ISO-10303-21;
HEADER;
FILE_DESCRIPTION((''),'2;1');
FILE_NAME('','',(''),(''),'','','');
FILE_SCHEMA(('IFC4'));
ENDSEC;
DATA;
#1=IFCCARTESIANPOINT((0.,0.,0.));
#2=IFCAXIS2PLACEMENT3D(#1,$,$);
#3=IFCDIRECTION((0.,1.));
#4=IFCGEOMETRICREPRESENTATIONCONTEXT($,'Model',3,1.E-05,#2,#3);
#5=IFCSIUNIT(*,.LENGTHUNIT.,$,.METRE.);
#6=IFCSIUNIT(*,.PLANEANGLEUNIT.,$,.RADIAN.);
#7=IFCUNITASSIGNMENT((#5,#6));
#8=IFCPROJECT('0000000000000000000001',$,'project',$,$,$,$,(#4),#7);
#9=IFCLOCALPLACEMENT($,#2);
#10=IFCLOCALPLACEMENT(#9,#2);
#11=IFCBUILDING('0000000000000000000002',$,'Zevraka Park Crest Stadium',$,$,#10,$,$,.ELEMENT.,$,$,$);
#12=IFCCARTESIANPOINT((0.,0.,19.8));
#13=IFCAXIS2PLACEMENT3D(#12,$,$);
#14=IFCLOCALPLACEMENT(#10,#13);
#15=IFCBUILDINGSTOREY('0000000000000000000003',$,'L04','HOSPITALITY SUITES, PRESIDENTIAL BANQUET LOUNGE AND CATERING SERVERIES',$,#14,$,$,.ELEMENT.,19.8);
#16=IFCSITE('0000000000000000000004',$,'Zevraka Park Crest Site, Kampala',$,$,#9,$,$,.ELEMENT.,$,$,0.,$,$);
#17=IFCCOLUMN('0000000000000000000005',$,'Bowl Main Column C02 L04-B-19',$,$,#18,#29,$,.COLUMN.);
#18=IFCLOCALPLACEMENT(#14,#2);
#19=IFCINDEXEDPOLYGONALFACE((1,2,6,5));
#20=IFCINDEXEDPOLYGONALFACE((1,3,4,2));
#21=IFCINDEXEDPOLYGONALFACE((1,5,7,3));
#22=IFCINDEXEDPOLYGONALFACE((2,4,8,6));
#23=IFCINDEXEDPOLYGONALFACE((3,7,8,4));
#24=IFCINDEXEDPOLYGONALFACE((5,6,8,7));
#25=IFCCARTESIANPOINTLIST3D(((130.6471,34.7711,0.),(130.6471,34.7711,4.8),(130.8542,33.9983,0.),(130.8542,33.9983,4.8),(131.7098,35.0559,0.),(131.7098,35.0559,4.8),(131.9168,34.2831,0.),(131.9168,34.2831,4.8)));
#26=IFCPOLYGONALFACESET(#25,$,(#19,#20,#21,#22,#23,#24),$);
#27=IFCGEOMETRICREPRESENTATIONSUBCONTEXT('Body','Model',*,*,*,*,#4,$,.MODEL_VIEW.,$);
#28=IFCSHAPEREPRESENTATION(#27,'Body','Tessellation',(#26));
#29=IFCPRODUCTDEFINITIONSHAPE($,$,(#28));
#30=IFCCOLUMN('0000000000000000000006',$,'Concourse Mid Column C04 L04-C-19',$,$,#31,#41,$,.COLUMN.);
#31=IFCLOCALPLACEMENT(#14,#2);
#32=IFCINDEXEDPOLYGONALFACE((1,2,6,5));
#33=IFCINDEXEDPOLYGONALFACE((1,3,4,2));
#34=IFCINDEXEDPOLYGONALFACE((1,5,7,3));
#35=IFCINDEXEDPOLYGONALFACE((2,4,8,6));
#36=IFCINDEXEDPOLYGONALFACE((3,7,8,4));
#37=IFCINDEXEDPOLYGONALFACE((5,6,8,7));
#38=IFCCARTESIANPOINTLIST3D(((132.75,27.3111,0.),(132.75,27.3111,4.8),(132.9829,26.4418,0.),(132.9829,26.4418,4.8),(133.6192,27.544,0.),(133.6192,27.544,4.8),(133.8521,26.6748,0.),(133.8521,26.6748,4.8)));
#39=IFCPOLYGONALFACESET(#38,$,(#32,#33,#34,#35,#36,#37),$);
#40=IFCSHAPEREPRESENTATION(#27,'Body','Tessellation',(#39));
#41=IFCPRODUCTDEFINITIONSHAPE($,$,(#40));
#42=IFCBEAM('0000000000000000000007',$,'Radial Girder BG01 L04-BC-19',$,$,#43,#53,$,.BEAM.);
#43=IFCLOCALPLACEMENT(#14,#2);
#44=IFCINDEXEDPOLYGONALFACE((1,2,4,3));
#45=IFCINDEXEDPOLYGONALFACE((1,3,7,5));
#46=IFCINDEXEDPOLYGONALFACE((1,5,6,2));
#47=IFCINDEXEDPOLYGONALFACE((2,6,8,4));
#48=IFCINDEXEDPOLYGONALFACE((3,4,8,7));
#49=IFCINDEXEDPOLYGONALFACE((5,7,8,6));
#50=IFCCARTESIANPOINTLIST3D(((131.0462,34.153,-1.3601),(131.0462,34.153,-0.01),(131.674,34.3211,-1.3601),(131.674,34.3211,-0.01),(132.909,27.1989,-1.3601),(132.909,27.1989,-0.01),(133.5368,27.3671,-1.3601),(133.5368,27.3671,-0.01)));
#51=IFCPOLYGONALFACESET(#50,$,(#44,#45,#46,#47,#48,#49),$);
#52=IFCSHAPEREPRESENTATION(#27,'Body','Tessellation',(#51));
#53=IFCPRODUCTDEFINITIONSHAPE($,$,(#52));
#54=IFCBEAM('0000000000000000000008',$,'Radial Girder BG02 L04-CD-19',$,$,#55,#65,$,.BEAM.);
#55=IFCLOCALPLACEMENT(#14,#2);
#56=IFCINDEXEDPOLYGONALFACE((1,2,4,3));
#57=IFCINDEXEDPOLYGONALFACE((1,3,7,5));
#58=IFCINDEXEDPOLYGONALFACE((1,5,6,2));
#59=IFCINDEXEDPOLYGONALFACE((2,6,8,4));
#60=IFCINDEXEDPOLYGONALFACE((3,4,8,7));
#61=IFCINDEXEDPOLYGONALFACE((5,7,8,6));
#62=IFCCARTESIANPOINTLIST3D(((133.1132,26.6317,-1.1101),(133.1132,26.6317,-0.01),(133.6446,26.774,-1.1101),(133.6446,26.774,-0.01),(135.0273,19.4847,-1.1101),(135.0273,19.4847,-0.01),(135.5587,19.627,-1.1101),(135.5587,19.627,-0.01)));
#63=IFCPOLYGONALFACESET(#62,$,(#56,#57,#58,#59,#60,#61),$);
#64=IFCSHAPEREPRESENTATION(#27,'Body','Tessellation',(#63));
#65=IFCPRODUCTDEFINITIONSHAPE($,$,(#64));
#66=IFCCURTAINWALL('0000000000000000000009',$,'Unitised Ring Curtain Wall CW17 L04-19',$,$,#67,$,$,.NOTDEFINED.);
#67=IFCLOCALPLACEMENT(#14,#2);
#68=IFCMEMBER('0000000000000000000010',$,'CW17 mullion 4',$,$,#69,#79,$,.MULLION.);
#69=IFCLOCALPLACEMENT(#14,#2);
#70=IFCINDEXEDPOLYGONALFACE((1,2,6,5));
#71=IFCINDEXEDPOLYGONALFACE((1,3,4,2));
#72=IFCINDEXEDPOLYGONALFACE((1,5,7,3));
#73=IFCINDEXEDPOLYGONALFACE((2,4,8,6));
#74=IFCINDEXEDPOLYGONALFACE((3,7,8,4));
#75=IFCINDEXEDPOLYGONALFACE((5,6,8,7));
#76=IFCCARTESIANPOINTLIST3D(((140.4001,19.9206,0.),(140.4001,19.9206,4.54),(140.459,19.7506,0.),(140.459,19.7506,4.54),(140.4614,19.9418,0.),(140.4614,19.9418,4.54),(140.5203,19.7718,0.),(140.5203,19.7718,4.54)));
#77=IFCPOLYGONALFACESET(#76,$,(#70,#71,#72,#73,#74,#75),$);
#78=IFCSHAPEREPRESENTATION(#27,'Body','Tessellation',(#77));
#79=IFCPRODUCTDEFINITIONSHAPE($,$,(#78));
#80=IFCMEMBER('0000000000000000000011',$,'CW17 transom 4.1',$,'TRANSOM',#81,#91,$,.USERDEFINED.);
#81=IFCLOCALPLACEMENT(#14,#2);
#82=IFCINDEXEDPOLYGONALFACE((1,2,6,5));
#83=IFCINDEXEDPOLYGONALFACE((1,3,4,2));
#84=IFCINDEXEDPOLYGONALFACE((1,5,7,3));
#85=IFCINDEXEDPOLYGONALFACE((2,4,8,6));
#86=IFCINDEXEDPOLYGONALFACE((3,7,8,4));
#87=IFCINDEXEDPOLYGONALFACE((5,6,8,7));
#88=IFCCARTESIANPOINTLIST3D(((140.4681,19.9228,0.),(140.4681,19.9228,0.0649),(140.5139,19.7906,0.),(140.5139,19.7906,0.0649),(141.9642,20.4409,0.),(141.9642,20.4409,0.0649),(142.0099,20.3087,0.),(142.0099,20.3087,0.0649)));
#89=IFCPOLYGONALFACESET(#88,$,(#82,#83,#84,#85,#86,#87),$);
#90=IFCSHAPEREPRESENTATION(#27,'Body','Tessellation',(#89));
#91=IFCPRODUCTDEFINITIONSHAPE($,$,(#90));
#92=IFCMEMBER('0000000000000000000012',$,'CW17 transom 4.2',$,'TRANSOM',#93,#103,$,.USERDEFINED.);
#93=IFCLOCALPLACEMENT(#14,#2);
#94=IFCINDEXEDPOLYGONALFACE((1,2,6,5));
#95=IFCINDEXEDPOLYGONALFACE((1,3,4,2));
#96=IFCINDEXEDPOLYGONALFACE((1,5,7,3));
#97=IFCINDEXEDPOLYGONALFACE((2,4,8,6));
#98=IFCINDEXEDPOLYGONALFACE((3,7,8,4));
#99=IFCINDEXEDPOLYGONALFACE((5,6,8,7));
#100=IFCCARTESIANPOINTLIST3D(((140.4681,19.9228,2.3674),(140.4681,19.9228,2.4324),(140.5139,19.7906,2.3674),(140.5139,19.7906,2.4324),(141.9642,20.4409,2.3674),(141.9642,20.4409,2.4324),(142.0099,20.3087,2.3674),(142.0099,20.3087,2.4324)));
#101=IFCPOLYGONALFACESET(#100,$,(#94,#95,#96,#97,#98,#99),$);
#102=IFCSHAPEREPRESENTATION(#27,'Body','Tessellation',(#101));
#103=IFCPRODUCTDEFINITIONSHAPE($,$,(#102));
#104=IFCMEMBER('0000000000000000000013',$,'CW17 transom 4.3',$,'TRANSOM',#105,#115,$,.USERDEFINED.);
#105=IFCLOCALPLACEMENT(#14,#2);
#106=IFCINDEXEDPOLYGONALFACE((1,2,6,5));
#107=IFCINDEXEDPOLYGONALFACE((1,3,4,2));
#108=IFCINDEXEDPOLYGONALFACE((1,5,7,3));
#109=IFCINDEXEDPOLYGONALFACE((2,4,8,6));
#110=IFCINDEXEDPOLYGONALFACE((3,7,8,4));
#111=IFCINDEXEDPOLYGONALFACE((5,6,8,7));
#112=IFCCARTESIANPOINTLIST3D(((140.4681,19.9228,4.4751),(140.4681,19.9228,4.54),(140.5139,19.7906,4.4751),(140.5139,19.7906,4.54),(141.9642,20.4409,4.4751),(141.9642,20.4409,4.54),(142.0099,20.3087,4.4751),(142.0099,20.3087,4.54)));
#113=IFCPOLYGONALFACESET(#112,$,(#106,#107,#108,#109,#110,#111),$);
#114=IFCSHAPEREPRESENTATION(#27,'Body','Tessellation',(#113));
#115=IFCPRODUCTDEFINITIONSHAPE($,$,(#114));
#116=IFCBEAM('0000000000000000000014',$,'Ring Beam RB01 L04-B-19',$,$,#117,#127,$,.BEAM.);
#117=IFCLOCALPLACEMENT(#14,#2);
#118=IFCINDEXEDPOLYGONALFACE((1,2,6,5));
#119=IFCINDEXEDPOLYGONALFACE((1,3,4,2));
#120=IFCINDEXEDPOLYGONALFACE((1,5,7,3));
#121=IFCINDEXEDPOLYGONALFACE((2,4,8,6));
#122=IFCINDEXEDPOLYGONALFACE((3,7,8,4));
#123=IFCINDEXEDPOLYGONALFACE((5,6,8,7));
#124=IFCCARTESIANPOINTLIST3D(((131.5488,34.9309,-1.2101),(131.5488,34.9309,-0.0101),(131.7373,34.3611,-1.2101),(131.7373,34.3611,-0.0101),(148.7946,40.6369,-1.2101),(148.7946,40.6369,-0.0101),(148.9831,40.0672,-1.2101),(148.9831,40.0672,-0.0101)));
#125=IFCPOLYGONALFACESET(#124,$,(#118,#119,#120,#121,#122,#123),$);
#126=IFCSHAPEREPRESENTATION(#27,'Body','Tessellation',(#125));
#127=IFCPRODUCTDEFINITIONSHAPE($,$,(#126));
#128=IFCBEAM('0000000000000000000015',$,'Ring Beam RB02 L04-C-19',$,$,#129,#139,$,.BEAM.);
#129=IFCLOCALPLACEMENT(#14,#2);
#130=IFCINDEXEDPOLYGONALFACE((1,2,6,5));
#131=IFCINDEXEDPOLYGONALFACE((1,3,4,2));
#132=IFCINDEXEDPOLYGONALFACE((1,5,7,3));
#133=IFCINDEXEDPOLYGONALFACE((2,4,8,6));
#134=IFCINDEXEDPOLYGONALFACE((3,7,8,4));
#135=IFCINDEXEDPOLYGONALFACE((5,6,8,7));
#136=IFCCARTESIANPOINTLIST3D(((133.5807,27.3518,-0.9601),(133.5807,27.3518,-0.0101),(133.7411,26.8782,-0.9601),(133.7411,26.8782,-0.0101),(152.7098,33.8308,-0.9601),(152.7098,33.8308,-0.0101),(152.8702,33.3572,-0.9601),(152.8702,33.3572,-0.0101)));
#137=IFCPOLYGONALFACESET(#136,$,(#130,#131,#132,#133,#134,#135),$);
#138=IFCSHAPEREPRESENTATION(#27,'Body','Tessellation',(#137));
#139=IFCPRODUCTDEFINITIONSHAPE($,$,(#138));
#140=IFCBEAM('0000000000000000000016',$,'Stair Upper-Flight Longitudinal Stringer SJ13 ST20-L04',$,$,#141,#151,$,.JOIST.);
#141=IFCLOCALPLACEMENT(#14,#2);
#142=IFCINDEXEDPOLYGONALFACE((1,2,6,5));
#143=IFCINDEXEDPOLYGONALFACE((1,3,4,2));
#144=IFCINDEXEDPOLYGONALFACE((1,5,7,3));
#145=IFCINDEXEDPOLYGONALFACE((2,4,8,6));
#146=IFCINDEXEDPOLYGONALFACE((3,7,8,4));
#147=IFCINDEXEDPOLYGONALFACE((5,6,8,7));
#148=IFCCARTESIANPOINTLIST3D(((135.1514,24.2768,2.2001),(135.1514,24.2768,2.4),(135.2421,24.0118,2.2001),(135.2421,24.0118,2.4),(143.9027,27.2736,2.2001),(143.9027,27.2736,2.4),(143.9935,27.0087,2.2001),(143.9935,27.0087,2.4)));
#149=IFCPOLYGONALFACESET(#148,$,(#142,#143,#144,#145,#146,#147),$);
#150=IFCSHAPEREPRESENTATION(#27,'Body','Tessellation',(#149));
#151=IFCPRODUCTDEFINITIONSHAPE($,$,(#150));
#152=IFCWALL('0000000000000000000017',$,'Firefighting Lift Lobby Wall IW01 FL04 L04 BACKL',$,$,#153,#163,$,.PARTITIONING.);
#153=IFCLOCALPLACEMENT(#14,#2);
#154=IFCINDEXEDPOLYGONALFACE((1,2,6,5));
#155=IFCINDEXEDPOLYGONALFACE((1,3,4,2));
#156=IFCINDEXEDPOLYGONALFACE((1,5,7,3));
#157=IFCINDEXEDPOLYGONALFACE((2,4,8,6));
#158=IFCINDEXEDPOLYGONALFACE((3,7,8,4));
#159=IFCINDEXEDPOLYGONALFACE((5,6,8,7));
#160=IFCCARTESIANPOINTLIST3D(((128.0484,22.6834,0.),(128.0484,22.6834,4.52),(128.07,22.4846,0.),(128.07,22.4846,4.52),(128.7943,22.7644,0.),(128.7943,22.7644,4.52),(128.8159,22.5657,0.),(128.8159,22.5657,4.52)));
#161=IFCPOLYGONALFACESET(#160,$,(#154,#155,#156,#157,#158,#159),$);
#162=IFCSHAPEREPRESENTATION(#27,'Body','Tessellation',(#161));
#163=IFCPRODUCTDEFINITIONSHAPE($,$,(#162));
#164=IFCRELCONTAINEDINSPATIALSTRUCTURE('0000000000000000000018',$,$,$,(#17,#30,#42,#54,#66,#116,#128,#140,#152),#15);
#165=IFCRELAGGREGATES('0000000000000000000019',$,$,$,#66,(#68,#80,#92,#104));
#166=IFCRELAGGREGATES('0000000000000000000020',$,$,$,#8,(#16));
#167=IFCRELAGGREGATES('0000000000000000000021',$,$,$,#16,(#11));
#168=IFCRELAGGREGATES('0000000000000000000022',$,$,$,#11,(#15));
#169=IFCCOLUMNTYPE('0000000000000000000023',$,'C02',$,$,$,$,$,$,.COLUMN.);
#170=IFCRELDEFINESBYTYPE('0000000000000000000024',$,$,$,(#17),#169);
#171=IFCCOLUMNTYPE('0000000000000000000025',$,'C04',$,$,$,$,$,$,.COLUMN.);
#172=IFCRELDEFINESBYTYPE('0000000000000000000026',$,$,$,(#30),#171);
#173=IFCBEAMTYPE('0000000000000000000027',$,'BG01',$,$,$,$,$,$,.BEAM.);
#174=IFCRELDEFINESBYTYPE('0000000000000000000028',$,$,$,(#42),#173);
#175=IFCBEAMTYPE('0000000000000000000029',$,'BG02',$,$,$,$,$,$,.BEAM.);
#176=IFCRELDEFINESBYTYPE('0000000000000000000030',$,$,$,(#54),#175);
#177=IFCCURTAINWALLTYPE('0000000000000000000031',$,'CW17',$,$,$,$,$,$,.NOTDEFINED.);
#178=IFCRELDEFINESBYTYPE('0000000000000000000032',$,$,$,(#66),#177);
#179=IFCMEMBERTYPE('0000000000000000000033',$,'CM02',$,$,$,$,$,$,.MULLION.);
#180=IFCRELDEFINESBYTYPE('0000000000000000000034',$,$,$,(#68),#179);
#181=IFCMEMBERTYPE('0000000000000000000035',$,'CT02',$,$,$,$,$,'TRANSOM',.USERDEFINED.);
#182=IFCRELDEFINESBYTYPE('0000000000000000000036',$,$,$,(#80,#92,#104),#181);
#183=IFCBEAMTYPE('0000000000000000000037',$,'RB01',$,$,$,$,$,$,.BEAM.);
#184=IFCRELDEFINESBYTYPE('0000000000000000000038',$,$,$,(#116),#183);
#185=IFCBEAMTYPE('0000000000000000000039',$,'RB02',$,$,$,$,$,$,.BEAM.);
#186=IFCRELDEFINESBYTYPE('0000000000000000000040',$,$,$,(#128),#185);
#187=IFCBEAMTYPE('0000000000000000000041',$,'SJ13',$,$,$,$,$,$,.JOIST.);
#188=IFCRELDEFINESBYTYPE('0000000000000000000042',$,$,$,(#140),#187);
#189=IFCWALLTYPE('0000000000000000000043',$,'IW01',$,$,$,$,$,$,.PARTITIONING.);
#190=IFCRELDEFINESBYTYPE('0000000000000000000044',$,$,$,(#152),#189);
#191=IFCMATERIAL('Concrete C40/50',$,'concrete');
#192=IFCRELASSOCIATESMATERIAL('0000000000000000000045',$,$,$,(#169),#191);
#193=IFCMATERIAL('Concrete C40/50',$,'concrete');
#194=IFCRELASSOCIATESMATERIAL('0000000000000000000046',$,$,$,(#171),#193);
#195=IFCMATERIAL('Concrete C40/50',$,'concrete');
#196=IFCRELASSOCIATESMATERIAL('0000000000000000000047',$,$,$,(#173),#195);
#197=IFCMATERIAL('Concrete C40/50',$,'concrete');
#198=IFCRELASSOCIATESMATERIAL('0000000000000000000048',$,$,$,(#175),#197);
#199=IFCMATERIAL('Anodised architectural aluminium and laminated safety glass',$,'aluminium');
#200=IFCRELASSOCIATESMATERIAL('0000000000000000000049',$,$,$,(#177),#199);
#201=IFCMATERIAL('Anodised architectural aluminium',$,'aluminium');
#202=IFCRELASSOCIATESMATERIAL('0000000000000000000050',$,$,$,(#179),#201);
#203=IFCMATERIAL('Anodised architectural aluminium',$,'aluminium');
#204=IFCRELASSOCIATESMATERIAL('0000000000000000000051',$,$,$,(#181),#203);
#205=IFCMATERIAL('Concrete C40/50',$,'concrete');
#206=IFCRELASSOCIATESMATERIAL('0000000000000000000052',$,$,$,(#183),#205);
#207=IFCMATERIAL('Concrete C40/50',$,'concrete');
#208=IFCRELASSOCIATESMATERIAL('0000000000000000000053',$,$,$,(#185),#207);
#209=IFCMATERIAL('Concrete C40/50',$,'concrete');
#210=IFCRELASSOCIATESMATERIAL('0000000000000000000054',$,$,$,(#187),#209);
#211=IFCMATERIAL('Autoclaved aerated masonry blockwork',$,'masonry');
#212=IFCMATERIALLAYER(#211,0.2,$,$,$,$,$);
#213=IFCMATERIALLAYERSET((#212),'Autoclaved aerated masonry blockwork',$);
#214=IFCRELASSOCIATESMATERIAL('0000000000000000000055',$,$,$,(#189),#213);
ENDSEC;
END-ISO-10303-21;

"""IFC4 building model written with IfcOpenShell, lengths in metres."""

from ifc_helpers import new_model, si_unit, direction, frame, frame_2d, origin, origin_2d, place, context, subcontext, project, spatial, rectangle, extrude, material, layer, layer_set, material_profile, profile_set, type_object, element, aggregate, save


model = new_model("IFC4")

# Units and contexts
model_context = context("Model", 3, precision=1e-05, world=origin(), true_north=direction((0.0, 1.0)))
body_context = subcontext(model_context, "Body", "Model", "MODEL_VIEW")
ifc_project = project(units=[si_unit("LENGTHUNIT", "METRE"), si_unit("PLANEANGLEUNIT", "RADIAN")], contexts=[model_context])

# Site, building, storey
site_placement = place(None, origin())
site = spatial("IfcSite", under=ifc_project, at=site_placement, Name="Zevraka Park Crest Site, Kampala", CompositionType="ELEMENT", RefElevation=0.0)
building_placement = place(site_placement, origin())
building = spatial("IfcBuilding", under=site, at=building_placement, Name="Zevraka Park Crest Stadium", CompositionType="ELEMENT")
storey_placement = place(building_placement, frame((0.0, 0.0, 19.8)))
storey = spatial("IfcBuildingStorey", under=building, at=storey_placement, Name="L04", Description="HOSPITALITY SUITES, PRESIDENTIAL BANQUET LOUNGE AND CATERING SERVERIES", CompositionType="ELEMENT", Elevation=19.8)

# Columns
ifc_material_1 = material(Name="Concrete C40/50", Category="concrete")
ifc_material_profile_1 = material_profile(ifc_material_1, rectangle(XDim=0.8, YDim=1.1001, at=origin_2d()), Name="RC 1100x800")
ifc_profile_set_1 = profile_set([ifc_material_profile_1], Name="Concrete C40/50")
column_type_1 = type_object("IfcColumnType", Name="C02", PredefinedType="COLUMN", material=ifc_profile_set_1)
column_1_placement = place(storey_placement, frame((131.282, 34.5271, 0.0), z_axis=(0.0, 0.0, 1.0), x_axis=(-0.258819, 0.965926, 0.0)))
element("IfcColumn", 1, at=column_1_placement, inside=storey, type_object=column_type_1, Name="Bowl Main Column C02 L04-B-19", PredefinedType="COLUMN", context=body_context, shape_type="SweptSolid", body=[
    extrude(rectangle(XDim=0.8, YDim=1.1001, at=origin_2d()), origin(), (0.0, 0.0, 1.0), 4.8),
])
ifc_material_2 = material(Name="Concrete C40/50", Category="concrete")
ifc_material_profile_2 = material_profile(ifc_material_2, rectangle(XDim=0.8999, YDim=0.8999, at=origin_2d()), Name="RC 900x900")
ifc_profile_set_2 = profile_set([ifc_material_profile_2], Name="Concrete C40/50")
column_type_2 = type_object("IfcColumnType", Name="C04", PredefinedType="COLUMN", material=ifc_profile_set_2)
column_2_placement = place(storey_placement, frame((133.301, 26.9929, 0.0), z_axis=(0.0, 0.0, 1.0), x_axis=(-0.258819, 0.965926, 0.0)))
element("IfcColumn", 2, at=column_2_placement, inside=storey, type_object=column_type_2, Name="Concourse Mid Column C04 L04-C-19", PredefinedType="COLUMN", context=body_context, shape_type="SweptSolid", body=[
    extrude(rectangle(XDim=0.8999, YDim=0.8999, at=origin_2d()), origin(), (0.0, 0.0, 1.0), 4.8),
])

# Beams
ifc_material_3 = material(Name="Concrete C40/50", Category="concrete")
ifc_material_profile_3 = material_profile(ifc_material_3, rectangle(XDim=0.6499, YDim=1.3501, at=origin_2d()), Name="RC 1350x650")
ifc_profile_set_3 = profile_set([ifc_material_profile_3], Name="Concrete C40/50")
beam_type_1 = type_object("IfcBeamType", Name="BG01", PredefinedType="BEAM", material=ifc_profile_set_3)
beam_1_placement = place(storey_placement, frame((131.3601, 34.2371, -0.6851), z_axis=(0.258747, -0.965945, 0.0), x_axis=(0.965945, 0.258747, 0.0)))
element("IfcBeam", 3, at=beam_1_placement, inside=storey, type_object=beam_type_1, Name="Radial Girder BG01 L04-BC-19", PredefinedType="BEAM", context=body_context, shape_type="SweptSolid", body=[
    extrude(rectangle(XDim=0.6499, YDim=1.3501, at=origin_2d()), origin(), (0.0, 0.0, 1.0), 7.1992),
])
ifc_material_4 = material(Name="Concrete C40/50", Category="concrete")
ifc_material_profile_4 = material_profile(ifc_material_4, rectangle(XDim=0.55, YDim=1.1001, at=origin_2d()), Name="RC 1100x550")
ifc_profile_set_4 = profile_set([ifc_material_profile_4], Name="Concrete C40/50")
beam_type_2 = type_object("IfcBeamType", Name="BG02", PredefinedType="BEAM", material=ifc_profile_set_4)
beam_2_placement = place(storey_placement, frame((133.3789, 26.7029, -0.5601), z_axis=(0.258698, -0.965958, 0.0), x_axis=(0.965958, 0.258698, 0.0)))
element("IfcBeam", 4, at=beam_2_placement, inside=storey, type_object=beam_type_2, Name="Radial Girder BG02 L04-CD-19", PredefinedType="BEAM", context=body_context, shape_type="SweptSolid", body=[
    extrude(rectangle(XDim=0.55, YDim=1.1001, at=origin_2d()), origin(), (0.0, 0.0, 1.0), 7.3989),
])

# Curtain wall, members
ifc_material_5 = material(Name="Anodised architectural aluminium and laminated safety glass", Category="aluminium")
curtain_wall_type = type_object("IfcCurtainWallType", Name="CW17", PredefinedType="NOTDEFINED", material=ifc_material_5)
curtain_wall_placement = place(storey_placement, origin())
curtain_wall = element("IfcCurtainWall", 5, at=curtain_wall_placement, inside=storey, type_object=curtain_wall_type, Name="Unitised Ring Curtain Wall CW17 L04-19", PredefinedType="NOTDEFINED")
ifc_material_6 = material(Name="Anodised architectural aluminium", Category="aluminium")
ifc_material_profile_5 = material_profile(ifc_material_6, rectangle(XDim=0.1799, YDim=0.0649, at=origin_2d()), Name="ALU MULLION 180x65")
ifc_profile_set_5 = profile_set([ifc_material_profile_5], Name="Anodised architectural aluminium")
member_type_1 = type_object("IfcMemberType", Name="CM02", PredefinedType="MULLION", material=ifc_profile_set_5)
member_1_placement = place(storey_placement, frame((140.4602, 19.8462, 0.0), z_axis=(0.0, 0.0, 1.0), x_axis=(-0.327245, 0.94494, 0.0)))
member_1 = element("IfcMember", 6, at=member_1_placement, type_object=member_type_1, Name="CW17 mullion 4", PredefinedType="MULLION", context=body_context, shape_type="SweptSolid", body=[
    extrude(rectangle(XDim=0.1799, YDim=0.0649, at=origin_2d()), origin(), (0.0, 0.0, 1.0), 4.54),
])
ifc_material_7 = material(Name="Anodised architectural aluminium", Category="aluminium")
ifc_material_profile_6 = material_profile(ifc_material_7, rectangle(XDim=0.1399, YDim=0.0649, at=origin_2d()), Name="ALU TRANSOM 140x65")
ifc_profile_set_6 = profile_set([ifc_material_profile_6], Name="Anodised architectural aluminium")
member_type_2 = type_object("IfcMemberType", Name="CT02", ElementType="TRANSOM", PredefinedType="USERDEFINED", material=ifc_profile_set_6)
member_2_placement = place(storey_placement, frame((140.491, 19.8567, 0.0325), z_axis=(0.944949, 0.327216, 0.0), x_axis=(-0.327216, 0.944949, 0.0)))
member_2 = element("IfcMember", 7, at=member_2_placement, type_object=member_type_2, Name="CW17 transom 4.1", ObjectType="TRANSOM", PredefinedType="USERDEFINED", context=body_context, shape_type="SweptSolid", body=[
    extrude(rectangle(XDim=0.1399, YDim=0.0649, at=origin_2d()), origin(), (0.0, 0.0, 1.0), 1.5833),
])
member_3_placement = place(storey_placement, frame((140.491, 19.8567, 2.3999), z_axis=(0.944949, 0.327216, 0.0), x_axis=(-0.327216, 0.944949, 0.0)))
member_3 = element("IfcMember", 8, at=member_3_placement, type_object=member_type_2, Name="CW17 transom 4.2", ObjectType="TRANSOM", PredefinedType="USERDEFINED", context=body_context, shape_type="SweptSolid", body=[
    extrude(rectangle(XDim=0.1399, YDim=0.0649, at=origin_2d()), origin(), (0.0, 0.0, 1.0), 1.5833),
])
member_4_placement = place(storey_placement, frame((140.491, 19.8567, 4.5076), z_axis=(0.944949, 0.327216, 0.0), x_axis=(-0.327216, 0.944949, 0.0)))
member_4 = element("IfcMember", 9, at=member_4_placement, type_object=member_type_2, Name="CW17 transom 4.3", ObjectType="TRANSOM", PredefinedType="USERDEFINED", context=body_context, shape_type="SweptSolid", body=[
    extrude(rectangle(XDim=0.1399, YDim=0.0649, at=origin_2d()), origin(), (0.0, 0.0, 1.0), 1.5833),
])
aggregate(curtain_wall, [member_1, member_2, member_3, member_4])

# Beams
ifc_material_8 = material(Name="Concrete C40/50", Category="concrete")
ifc_material_profile_7 = material_profile(ifc_material_8, rectangle(XDim=0.6001, YDim=1.2, at=origin_2d()), Name="RC 1200x600")
ifc_profile_set_7 = profile_set([ifc_material_profile_7], Name="Concrete C40/50")
beam_type_3 = type_object("IfcBeamType", Name="RB01", PredefinedType="BEAM", material=ifc_profile_set_7)
beam_3_placement = place(storey_placement, frame((131.6431, 34.646, -0.6101), z_axis=(0.949384, 0.314118, 0.0), x_axis=(-0.314118, 0.949384, 0.0)))
element("IfcBeam", 10, at=beam_3_placement, inside=storey, type_object=beam_type_3, Name="Ring Beam RB01 L04-B-19", PredefinedType="BEAM", context=body_context, shape_type="SweptSolid", body=[
    extrude(rectangle(XDim=0.6001, YDim=1.2, at=origin_2d()), origin(), (0.0, 0.0, 1.0), 18.1653),
])
ifc_material_9 = material(Name="Concrete C40/50", Category="concrete")
ifc_material_profile_8 = material_profile(ifc_material_9, rectangle(XDim=0.5, YDim=0.95, at=origin_2d()), Name="RC 950x500")
ifc_profile_set_8 = profile_set([ifc_material_profile_8], Name="Concrete C40/50")
beam_type_4 = type_object("IfcBeamType", Name="RB02", PredefinedType="BEAM", material=ifc_profile_set_8)
beam_4_placement = place(storey_placement, frame((133.6609, 27.115, -0.4851), z_axis=(0.947148, 0.320797, 0.0), x_axis=(-0.320797, 0.947148, 0.0)))
element("IfcBeam", 11, at=beam_4_placement, inside=storey, type_object=beam_type_4, Name="Ring Beam RB02 L04-C-19", PredefinedType="BEAM", context=body_context, shape_type="SweptSolid", body=[
    extrude(rectangle(XDim=0.5, YDim=0.95, at=origin_2d()), origin(), (0.0, 0.0, 1.0), 20.1965),
])
ifc_material_10 = material(Name="Concrete C40/50", Category="concrete")
ifc_material_profile_9 = material_profile(ifc_material_10, rectangle(XDim=0.28, YDim=0.2, at=origin_2d()), Name="RC 200x280")
ifc_profile_set_9 = profile_set([ifc_material_profile_9], Name="Concrete C40/50")
beam_type_5 = type_object("IfcBeamType", Name="SJ13", PredefinedType="JOIST", material=ifc_profile_set_9)
beam_5_placement = place(storey_placement, frame((135.1968, 24.1443, 2.3), z_axis=(0.946065, 0.323977, 0.0), x_axis=(-0.323977, 0.946065, 0.0)))
element("IfcBeam", 12, at=beam_5_placement, inside=storey, type_object=beam_type_5, Name="Stair Upper-Flight Longitudinal Stringer SJ13 ST20-L04", PredefinedType="JOIST", context=body_context, shape_type="SweptSolid", body=[
    extrude(rectangle(XDim=0.28, YDim=0.2, at=origin_2d()), origin(), (0.0, 0.0, 1.0), 9.2502),
])

# Wall
ifc_material_11 = material(Name="Autoclaved aerated masonry blockwork", Category="masonry")
ifc_layer_1 = layer(ifc_material_11, 0.2)
ifc_layer_set_1 = layer_set([ifc_layer_1], Name="Autoclaved aerated masonry blockwork")
wall_type_1 = type_object("IfcWallType", Name="IW01", PredefinedType="PARTITIONING", material=ifc_layer_set_1)
wall_1_placement = place(storey_placement, frame((128.8049, 22.665, 0.0), z_axis=(0.0, 0.0, 1.0), x_axis=(-0.994147, -0.108038, 0.0)))
element("IfcWall", 13, at=wall_1_placement, inside=storey, type_object=wall_type_1, Name="Firefighting Lift Lobby Wall IW01 FL04 L04 BACKL", PredefinedType="PARTITIONING", context=body_context, shape_type="SweptSolid", body=[
    extrude(rectangle(XDim=0.7502, YDim=0.2, at=frame_2d((0.375, 0.0))), origin(), (0.0, 0.0, 1.0), 4.52),
])

save(model, "model.ifc")
